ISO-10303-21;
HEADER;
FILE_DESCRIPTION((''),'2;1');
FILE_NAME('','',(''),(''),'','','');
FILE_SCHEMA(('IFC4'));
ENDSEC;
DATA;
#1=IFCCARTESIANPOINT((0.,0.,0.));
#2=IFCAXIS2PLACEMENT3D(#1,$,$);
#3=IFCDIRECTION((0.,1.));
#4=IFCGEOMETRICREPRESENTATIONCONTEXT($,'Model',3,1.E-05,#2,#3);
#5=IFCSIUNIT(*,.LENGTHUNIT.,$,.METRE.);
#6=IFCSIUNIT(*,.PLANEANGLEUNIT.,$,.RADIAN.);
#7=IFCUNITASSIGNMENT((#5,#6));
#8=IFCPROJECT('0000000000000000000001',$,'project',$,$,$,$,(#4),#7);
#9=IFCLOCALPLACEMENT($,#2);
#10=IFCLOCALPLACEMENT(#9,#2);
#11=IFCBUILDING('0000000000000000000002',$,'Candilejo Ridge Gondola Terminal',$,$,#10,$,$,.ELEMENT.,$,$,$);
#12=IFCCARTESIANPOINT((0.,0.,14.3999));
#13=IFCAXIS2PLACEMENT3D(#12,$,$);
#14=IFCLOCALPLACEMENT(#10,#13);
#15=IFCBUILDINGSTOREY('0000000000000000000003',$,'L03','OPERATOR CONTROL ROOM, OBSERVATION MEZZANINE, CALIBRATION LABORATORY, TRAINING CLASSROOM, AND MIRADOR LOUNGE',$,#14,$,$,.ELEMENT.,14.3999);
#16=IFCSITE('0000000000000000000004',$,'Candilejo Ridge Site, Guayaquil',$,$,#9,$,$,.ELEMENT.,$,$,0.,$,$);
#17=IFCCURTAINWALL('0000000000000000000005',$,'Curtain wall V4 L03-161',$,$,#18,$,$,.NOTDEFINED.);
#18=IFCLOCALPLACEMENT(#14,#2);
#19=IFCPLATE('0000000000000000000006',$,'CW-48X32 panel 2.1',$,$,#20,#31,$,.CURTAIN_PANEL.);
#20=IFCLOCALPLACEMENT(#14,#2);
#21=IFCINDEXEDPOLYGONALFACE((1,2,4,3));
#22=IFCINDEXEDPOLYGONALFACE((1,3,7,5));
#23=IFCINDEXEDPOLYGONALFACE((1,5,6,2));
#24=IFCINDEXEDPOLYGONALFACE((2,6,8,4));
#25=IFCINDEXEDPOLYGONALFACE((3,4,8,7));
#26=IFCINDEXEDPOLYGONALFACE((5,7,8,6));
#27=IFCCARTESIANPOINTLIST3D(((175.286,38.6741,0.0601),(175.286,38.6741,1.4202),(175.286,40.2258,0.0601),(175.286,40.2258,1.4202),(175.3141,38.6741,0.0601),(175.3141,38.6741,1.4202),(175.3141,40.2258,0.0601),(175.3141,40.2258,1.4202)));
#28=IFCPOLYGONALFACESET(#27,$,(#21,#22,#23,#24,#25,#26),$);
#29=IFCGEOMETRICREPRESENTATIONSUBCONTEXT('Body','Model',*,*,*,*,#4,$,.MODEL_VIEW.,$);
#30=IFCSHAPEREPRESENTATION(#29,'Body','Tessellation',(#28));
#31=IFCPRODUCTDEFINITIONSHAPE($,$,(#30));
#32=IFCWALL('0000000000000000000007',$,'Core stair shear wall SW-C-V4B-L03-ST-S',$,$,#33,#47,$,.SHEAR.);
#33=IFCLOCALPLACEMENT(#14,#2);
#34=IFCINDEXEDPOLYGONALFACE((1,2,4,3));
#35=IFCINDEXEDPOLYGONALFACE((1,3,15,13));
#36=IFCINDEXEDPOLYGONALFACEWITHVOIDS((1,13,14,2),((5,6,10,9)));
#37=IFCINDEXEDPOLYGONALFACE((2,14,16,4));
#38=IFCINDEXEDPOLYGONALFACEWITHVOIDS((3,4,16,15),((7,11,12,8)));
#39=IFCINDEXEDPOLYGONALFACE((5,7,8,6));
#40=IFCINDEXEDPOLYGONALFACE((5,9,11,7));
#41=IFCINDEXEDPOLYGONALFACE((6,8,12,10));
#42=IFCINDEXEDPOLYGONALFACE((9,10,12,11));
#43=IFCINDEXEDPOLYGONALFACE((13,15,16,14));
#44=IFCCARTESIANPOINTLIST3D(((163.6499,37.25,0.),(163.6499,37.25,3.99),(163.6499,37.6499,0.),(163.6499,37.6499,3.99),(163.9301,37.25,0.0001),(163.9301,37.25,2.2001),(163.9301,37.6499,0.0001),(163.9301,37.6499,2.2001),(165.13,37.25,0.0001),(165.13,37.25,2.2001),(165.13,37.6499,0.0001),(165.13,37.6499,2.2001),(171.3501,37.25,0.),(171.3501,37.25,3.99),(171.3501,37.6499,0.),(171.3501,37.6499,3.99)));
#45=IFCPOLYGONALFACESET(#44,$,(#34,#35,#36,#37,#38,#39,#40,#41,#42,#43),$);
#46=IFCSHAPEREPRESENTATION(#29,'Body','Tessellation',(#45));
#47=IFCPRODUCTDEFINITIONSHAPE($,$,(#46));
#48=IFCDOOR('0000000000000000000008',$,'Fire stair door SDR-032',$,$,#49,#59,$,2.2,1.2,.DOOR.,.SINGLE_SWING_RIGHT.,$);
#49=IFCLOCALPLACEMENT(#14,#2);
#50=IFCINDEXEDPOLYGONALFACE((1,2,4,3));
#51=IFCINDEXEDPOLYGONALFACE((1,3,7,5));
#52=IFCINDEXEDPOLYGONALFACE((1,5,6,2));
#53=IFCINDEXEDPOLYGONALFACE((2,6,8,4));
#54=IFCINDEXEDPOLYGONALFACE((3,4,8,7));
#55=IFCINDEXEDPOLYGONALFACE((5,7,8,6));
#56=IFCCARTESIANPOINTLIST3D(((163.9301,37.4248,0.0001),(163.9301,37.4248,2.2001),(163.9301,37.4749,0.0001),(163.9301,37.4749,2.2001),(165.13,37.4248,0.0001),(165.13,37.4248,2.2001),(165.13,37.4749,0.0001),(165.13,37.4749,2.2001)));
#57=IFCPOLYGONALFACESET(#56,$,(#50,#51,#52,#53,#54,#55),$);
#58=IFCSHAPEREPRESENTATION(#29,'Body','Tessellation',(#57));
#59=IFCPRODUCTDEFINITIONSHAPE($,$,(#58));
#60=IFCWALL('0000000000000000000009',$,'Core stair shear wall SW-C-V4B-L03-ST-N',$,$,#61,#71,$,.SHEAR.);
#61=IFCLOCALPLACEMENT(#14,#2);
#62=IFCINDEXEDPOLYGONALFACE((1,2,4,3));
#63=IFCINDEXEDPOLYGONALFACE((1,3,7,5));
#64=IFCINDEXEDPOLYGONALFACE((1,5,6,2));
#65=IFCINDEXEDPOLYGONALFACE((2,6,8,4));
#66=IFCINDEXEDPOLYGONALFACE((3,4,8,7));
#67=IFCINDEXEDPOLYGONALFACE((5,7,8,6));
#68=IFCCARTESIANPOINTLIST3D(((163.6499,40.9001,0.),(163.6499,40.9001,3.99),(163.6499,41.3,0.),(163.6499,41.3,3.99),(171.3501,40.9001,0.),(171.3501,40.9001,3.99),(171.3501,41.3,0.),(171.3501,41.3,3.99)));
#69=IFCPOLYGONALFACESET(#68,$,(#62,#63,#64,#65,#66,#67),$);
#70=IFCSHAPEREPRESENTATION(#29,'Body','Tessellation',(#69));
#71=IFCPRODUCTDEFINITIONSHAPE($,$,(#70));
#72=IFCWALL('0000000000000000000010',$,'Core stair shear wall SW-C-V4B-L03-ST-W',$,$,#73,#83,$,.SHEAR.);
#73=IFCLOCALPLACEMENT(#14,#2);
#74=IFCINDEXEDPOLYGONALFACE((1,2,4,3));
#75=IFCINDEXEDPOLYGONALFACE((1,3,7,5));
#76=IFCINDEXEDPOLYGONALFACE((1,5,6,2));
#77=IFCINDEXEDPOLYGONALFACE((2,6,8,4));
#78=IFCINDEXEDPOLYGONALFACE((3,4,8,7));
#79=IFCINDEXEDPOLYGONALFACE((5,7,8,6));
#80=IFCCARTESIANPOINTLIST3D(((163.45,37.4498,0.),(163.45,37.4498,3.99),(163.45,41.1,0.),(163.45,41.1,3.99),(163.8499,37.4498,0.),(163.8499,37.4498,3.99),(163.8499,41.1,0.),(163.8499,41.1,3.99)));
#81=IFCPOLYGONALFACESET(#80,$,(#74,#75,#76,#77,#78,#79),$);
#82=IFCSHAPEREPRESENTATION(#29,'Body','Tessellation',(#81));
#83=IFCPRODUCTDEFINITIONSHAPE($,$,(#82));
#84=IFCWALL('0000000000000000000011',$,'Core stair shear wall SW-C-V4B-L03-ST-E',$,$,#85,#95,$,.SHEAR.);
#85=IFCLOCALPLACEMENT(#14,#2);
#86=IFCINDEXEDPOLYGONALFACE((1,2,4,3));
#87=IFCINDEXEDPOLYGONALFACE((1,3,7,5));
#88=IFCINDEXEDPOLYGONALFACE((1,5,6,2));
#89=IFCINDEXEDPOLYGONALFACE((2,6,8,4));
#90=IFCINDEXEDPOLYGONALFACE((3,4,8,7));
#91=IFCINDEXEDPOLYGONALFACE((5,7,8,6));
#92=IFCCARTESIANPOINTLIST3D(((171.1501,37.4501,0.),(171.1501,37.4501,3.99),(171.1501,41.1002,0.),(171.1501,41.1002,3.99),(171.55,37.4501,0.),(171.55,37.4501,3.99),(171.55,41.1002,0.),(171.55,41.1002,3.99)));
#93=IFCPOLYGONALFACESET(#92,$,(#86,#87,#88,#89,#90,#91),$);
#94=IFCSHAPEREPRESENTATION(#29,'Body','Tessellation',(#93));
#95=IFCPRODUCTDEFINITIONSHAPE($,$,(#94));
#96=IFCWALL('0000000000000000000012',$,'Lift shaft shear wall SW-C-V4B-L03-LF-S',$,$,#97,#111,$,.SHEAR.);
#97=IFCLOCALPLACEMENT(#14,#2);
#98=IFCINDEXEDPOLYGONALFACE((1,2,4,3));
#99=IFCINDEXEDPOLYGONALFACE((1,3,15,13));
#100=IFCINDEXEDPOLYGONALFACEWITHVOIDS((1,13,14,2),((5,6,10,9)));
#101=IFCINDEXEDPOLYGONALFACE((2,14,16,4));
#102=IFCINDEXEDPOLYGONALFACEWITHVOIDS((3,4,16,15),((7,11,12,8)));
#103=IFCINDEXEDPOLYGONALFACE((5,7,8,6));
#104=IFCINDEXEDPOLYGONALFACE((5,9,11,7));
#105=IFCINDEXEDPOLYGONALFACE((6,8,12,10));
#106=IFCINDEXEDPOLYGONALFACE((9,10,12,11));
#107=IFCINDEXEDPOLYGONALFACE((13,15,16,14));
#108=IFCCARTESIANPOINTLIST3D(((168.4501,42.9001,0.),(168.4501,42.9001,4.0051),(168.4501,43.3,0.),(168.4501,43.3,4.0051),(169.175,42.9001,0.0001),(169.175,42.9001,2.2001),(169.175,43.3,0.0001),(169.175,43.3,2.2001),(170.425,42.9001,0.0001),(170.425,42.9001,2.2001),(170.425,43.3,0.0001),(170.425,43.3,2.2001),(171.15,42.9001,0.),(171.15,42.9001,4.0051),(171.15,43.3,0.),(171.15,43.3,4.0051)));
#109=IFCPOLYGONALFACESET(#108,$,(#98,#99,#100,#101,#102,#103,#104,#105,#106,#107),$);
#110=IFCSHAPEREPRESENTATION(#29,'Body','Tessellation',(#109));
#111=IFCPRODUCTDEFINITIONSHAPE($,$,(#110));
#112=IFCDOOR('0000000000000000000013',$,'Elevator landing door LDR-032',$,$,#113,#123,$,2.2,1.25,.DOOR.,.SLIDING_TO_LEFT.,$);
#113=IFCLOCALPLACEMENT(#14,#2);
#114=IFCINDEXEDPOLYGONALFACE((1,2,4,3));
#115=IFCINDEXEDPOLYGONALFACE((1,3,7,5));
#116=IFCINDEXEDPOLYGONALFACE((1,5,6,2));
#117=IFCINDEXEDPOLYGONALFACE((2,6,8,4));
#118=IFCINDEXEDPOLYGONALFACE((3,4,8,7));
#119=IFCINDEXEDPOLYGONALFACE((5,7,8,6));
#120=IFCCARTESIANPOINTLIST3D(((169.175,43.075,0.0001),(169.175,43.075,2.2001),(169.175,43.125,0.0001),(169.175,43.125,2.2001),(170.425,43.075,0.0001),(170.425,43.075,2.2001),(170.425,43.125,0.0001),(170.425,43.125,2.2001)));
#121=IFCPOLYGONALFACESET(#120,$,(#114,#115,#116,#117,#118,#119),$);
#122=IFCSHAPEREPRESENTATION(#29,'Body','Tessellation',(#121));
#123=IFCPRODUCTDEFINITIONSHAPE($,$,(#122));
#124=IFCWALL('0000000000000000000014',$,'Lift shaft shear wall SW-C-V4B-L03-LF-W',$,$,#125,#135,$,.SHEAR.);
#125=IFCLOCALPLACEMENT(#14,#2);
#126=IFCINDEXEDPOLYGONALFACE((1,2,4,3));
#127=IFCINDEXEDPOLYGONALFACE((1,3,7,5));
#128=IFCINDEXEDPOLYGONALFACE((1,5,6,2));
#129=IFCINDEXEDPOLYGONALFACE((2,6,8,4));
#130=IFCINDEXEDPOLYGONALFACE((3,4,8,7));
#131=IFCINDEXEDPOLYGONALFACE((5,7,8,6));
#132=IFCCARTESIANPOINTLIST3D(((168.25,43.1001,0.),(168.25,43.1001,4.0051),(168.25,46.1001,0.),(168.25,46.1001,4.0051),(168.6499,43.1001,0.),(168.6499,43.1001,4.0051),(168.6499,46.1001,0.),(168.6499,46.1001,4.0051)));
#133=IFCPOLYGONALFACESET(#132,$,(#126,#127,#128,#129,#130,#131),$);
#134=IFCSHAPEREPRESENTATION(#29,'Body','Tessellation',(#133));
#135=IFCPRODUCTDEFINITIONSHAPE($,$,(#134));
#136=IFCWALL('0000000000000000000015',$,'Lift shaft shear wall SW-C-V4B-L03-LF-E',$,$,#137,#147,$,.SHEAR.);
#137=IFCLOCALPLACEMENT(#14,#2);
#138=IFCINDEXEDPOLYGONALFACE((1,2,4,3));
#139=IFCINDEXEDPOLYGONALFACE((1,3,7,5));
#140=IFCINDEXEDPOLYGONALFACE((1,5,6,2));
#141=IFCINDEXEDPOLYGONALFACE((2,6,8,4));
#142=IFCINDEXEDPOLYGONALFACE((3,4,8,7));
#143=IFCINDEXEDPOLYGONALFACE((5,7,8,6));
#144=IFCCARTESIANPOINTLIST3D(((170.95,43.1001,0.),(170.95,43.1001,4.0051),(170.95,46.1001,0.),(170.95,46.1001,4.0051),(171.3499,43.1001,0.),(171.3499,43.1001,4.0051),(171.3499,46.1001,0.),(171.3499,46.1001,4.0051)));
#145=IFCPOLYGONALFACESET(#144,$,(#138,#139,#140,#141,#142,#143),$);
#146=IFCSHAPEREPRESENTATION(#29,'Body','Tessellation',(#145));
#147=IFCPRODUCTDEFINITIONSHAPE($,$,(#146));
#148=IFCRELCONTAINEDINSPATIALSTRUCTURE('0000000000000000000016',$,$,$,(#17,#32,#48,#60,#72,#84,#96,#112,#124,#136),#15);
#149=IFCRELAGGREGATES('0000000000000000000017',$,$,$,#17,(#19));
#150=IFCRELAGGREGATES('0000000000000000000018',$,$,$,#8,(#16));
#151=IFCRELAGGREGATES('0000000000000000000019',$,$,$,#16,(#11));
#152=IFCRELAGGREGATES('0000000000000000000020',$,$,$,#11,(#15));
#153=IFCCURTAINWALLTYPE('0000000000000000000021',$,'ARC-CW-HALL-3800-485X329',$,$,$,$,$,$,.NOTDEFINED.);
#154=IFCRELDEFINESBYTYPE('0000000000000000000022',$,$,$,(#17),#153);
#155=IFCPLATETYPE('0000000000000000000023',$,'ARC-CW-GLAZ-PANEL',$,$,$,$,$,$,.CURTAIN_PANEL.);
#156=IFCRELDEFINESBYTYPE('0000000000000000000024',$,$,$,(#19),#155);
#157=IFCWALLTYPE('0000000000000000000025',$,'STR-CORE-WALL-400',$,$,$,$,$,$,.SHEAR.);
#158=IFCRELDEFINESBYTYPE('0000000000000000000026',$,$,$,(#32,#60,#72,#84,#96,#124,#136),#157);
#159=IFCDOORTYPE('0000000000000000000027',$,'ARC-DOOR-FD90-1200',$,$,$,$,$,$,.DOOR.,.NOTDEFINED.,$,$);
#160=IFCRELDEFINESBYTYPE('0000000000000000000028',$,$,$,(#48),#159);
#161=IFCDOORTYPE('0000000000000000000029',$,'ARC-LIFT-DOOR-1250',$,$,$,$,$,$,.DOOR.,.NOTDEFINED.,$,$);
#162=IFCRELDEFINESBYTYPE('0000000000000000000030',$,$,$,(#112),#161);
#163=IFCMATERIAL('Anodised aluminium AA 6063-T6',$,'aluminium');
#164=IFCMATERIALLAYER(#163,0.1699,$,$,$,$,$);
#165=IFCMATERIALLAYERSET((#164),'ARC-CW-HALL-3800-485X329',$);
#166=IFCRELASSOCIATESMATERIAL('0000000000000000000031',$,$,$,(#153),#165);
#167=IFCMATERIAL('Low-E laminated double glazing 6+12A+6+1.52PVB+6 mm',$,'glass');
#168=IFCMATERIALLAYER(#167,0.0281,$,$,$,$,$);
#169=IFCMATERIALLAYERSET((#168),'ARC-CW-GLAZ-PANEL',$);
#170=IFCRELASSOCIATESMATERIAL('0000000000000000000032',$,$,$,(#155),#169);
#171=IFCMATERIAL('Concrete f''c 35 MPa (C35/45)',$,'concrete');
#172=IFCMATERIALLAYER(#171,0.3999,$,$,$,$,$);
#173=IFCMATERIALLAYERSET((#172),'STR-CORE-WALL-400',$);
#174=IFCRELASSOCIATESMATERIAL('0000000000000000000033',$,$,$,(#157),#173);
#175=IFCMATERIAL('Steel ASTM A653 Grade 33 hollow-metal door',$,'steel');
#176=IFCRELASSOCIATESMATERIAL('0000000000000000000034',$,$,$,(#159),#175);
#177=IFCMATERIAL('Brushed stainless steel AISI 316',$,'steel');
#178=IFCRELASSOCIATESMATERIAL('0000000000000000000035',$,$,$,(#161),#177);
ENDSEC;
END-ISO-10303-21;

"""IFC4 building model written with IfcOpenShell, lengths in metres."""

from ifc_helpers import new_model, si_unit, direction, frame, frame_2d, origin, origin_2d, place, context, subcontext, project, spatial, rectangle, extrude, material, layer, layer_set, type_object, element, fill, aggregate, save


model = new_model("IFC4")

# Units and contexts
model_context = context("Model", 3, precision=1e-05, world=origin(), true_north=direction((0.0, 1.0)))
body_context = subcontext(model_context, "Body", "Model", "MODEL_VIEW")
ifc_project = project(units=[si_unit("LENGTHUNIT", "METRE"), si_unit("PLANEANGLEUNIT", "RADIAN")], contexts=[model_context])

# Site, building, storey
site_placement = place(None, origin())
site = spatial("IfcSite", under=ifc_project, at=site_placement, Name="Candilejo Ridge Site, Guayaquil", CompositionType="ELEMENT", RefElevation=0.0)
building_placement = place(site_placement, origin())
building = spatial("IfcBuilding", under=site, at=building_placement, Name="Candilejo Ridge Gondola Terminal", CompositionType="ELEMENT")
storey_placement = place(building_placement, frame((0.0, 0.0, 14.3999)))
storey = spatial("IfcBuildingStorey", under=building, at=storey_placement, Name="L03", Description="OPERATOR CONTROL ROOM, OBSERVATION MEZZANINE, CALIBRATION LABORATORY, TRAINING CLASSROOM, AND MIRADOR LOUNGE", CompositionType="ELEMENT", Elevation=14.3999)

# Curtain wall
ifc_material_1 = material(Name="Anodised aluminium AA 6063-T6", Category="aluminium")
ifc_layer_1 = layer(ifc_material_1, 0.1699)
ifc_layer_set_1 = layer_set([ifc_layer_1], Name="ARC-CW-HALL-3800-485X329")
curtain_wall_type = type_object("IfcCurtainWallType", Name="ARC-CW-HALL-3800-485X329", PredefinedType="NOTDEFINED", material=ifc_layer_set_1)
curtain_wall_placement = place(storey_placement, origin())
curtain_wall = element("IfcCurtainWall", 1, at=curtain_wall_placement, inside=storey, type_object=curtain_wall_type, Name="Curtain wall V4 L03-161", PredefinedType="NOTDEFINED")

# Plate
ifc_material_2 = material(Name="Low-E laminated double glazing 6+12A+6+1.52PVB+6 mm", Category="glass")
ifc_layer_2 = layer(ifc_material_2, 0.0281)
ifc_layer_set_2 = layer_set([ifc_layer_2], Name="ARC-CW-GLAZ-PANEL")
plate_type = type_object("IfcPlateType", Name="ARC-CW-GLAZ-PANEL", PredefinedType="CURTAIN_PANEL", material=ifc_layer_set_2)
plate_1_placement = place(storey_placement, frame((175.3, 39.45, 0.0601), z_axis=(0.0, 0.0, 1.0), x_axis=(0.0, 1.0, 0.0)))
plate_1 = element("IfcPlate", 2, at=plate_1_placement, type_object=plate_type, Name="CW-48X32 panel 2.1", PredefinedType="CURTAIN_PANEL", context=body_context, shape_type="SweptSolid", body=[
    extrude(rectangle(XDim=1.5518, YDim=0.0281, at=origin_2d()), origin(), (0.0, 0.0, 1.0), 1.3601),
])
aggregate(curtain_wall, [plate_1])

# Wall, opening, door
ifc_material_3 = material(Name="Concrete f'c 35 MPa (C35/45)", Category="concrete")
ifc_layer_3 = layer(ifc_material_3, 0.3999)
ifc_layer_set_3 = layer_set([ifc_layer_3], Name="STR-CORE-WALL-400")
wall_type = type_object("IfcWallType", Name="STR-CORE-WALL-400", PredefinedType="SHEAR", material=ifc_layer_set_3)
wall_1_placement = place(storey_placement, frame((163.6499, 37.45, 0.0), z_axis=(0.0, 0.0, 1.0), x_axis=(1.0, 0.0, 0.0)))
wall_1 = element("IfcWall", 3, at=wall_1_placement, inside=storey, type_object=wall_type, Name="Core stair shear wall SW-C-V4B-L03-ST-S", PredefinedType="SHEAR", context=body_context, shape_type="SweptSolid", body=[
    extrude(rectangle(XDim=7.7002, YDim=0.3999, at=frame_2d((3.8501, 0.0))), origin(), (0.0, 0.0, 1.0), 3.99),
])
opening_1_placement = place(wall_1_placement, frame((0.28, 0.0, 0.0)))
opening_1 = element("IfcOpeningElement", 4, at=opening_1_placement, cuts=wall_1, PredefinedType="OPENING", context=body_context, shape_type="SweptSolid", body=[
    extrude(rectangle(XDim=1.2, YDim=2.2, at=frame_2d((0.6001, 1.1001))), frame((0.0, 0.21, 0.0), z_axis=(0.0, -1.0, 0.0), x_axis=(1.0, 0.0, 0.0)), (0.0, 0.0, 1.0), 0.4199),
])
ifc_material_4 = material(Name="Steel ASTM A653 Grade 33 hollow-metal door", Category="steel")
door_type_1 = type_object("IfcDoorType", Name="ARC-DOOR-FD90-1200", OperationType="NOTDEFINED", PredefinedType="DOOR", material=ifc_material_4)
door_1_placement = place(opening_1_placement, origin())
door_1 = element("IfcDoor", 5, at=door_1_placement, inside=storey, type_object=door_type_1, Name="Fire stair door SDR-032", OperationType="SINGLE_SWING_RIGHT", OverallHeight=2.2, OverallWidth=1.2, PredefinedType="DOOR", context=body_context, shape_type="SweptSolid", body=[
    extrude(rectangle(XDim=1.2, YDim=2.2, at=frame_2d((0.6001, 1.1001))), frame((0.0, 0.0249, 0.0), z_axis=(0.0, -1.0, 0.0), x_axis=(1.0, 0.0, 0.0)), (0.0, 0.0, 1.0), 0.05),
])
fill(opening_1, door_1)

# Walls
wall_2_placement = place(storey_placement, frame((171.3501, 41.1001, 0.0), z_axis=(0.0, 0.0, 1.0), x_axis=(-1.0, 0.0, 0.0)))
element("IfcWall", 6, at=wall_2_placement, inside=storey, type_object=wall_type, Name="Core stair shear wall SW-C-V4B-L03-ST-N", PredefinedType="SHEAR", context=body_context, shape_type="SweptSolid", body=[
    extrude(rectangle(XDim=7.7002, YDim=0.3999, at=frame_2d((3.8501, 0.0))), origin(), (0.0, 0.0, 1.0), 3.99),
])
for number, where, z_axis, x_axis, name in (
    (7, (163.6499, 41.1001, 0.0), (0.0, 0.0, 1.0), (0.0, -1.0, 0.0), "Core stair shear wall SW-C-V4B-L03-ST-W"),
    (8, (171.3501, 37.45, 0.0), (0.0, 0.0, 1.0), (0.0, 1.0, 0.0), "Core stair shear wall SW-C-V4B-L03-ST-E"),
):
    element("IfcWall", number, at=place(storey_placement, frame(where, z_axis=z_axis, x_axis=x_axis)), inside=storey, type_object=wall_type, Name=name, PredefinedType="SHEAR", context=body_context, shape_type="SweptSolid", body=[
        extrude(rectangle(XDim=3.6501, YDim=0.3999, at=frame_2d((1.8252, 0.0))), origin(), (0.0, 0.0, 1.0), 3.99),
    ])

# Wall, opening, door
wall_3_placement = place(storey_placement, frame((168.45, 43.1001, 0.0), z_axis=(0.0, 0.0, 1.0), x_axis=(1.0, 0.0, 0.0)))
wall_3 = element("IfcWall", 9, at=wall_3_placement, inside=storey, type_object=wall_type, Name="Lift shaft shear wall SW-C-V4B-L03-LF-S", PredefinedType="SHEAR", context=body_context, shape_type="SweptSolid", body=[
    extrude(rectangle(XDim=2.7, YDim=0.3999, at=frame_2d((1.3501, 0.0))), origin(), (0.0, 0.0, 1.0), 4.0051),
])
opening_2_placement = place(wall_3_placement, frame((0.7251, 0.0, 0.0)))
opening_2 = element("IfcOpeningElement", 10, at=opening_2_placement, cuts=wall_3, PredefinedType="OPENING", context=body_context, shape_type="SweptSolid", body=[
    extrude(rectangle(XDim=1.25, YDim=2.2, at=frame_2d((0.625, 1.1001))), frame((0.0, 0.21, 0.0), z_axis=(0.0, -1.0, 0.0), x_axis=(1.0, 0.0, 0.0)), (0.0, 0.0, 1.0), 0.4199),
])
ifc_material_5 = material(Name="Brushed stainless steel AISI 316", Category="steel")
door_type_2 = type_object("IfcDoorType", Name="ARC-LIFT-DOOR-1250", OperationType="NOTDEFINED", PredefinedType="DOOR", material=ifc_material_5)
door_2_placement = place(opening_2_placement, origin())
door_2 = element("IfcDoor", 11, at=door_2_placement, inside=storey, type_object=door_type_2, Name="Elevator landing door LDR-032", OperationType="SLIDING_TO_LEFT", OverallHeight=2.2, OverallWidth=1.25, PredefinedType="DOOR", context=body_context, shape_type="SweptSolid", body=[
    extrude(rectangle(XDim=1.25, YDim=2.2, at=frame_2d((0.625, 1.1001))), frame((0.0, 0.0249, 0.0), z_axis=(0.0, -1.0, 0.0), x_axis=(1.0, 0.0, 0.0)), (0.0, 0.0, 1.0), 0.05),
])
fill(opening_2, door_2)

# Walls
for number, where, z_axis, x_axis, name in (
    (12, (168.45, 43.1001, 0.0), (0.0, 0.0, 1.0), (0.0, 1.0, 0.0), "Lift shaft shear wall SW-C-V4B-L03-LF-W"),
    (13, (171.1499, 43.1001, 0.0), (0.0, 0.0, 1.0), (0.0, 1.0, 0.0), "Lift shaft shear wall SW-C-V4B-L03-LF-E"),
):
    element("IfcWall", number, at=place(storey_placement, frame(where, z_axis=z_axis, x_axis=x_axis)), inside=storey, type_object=wall_type, Name=name, PredefinedType="SHEAR", context=body_context, shape_type="SweptSolid", body=[
        extrude(rectangle(XDim=3.0, YDim=0.3999, at=frame_2d((1.5, 0.0))), origin(), (0.0, 0.0, 1.0), 4.0051),
    ])

save(model, "model.ifc")
